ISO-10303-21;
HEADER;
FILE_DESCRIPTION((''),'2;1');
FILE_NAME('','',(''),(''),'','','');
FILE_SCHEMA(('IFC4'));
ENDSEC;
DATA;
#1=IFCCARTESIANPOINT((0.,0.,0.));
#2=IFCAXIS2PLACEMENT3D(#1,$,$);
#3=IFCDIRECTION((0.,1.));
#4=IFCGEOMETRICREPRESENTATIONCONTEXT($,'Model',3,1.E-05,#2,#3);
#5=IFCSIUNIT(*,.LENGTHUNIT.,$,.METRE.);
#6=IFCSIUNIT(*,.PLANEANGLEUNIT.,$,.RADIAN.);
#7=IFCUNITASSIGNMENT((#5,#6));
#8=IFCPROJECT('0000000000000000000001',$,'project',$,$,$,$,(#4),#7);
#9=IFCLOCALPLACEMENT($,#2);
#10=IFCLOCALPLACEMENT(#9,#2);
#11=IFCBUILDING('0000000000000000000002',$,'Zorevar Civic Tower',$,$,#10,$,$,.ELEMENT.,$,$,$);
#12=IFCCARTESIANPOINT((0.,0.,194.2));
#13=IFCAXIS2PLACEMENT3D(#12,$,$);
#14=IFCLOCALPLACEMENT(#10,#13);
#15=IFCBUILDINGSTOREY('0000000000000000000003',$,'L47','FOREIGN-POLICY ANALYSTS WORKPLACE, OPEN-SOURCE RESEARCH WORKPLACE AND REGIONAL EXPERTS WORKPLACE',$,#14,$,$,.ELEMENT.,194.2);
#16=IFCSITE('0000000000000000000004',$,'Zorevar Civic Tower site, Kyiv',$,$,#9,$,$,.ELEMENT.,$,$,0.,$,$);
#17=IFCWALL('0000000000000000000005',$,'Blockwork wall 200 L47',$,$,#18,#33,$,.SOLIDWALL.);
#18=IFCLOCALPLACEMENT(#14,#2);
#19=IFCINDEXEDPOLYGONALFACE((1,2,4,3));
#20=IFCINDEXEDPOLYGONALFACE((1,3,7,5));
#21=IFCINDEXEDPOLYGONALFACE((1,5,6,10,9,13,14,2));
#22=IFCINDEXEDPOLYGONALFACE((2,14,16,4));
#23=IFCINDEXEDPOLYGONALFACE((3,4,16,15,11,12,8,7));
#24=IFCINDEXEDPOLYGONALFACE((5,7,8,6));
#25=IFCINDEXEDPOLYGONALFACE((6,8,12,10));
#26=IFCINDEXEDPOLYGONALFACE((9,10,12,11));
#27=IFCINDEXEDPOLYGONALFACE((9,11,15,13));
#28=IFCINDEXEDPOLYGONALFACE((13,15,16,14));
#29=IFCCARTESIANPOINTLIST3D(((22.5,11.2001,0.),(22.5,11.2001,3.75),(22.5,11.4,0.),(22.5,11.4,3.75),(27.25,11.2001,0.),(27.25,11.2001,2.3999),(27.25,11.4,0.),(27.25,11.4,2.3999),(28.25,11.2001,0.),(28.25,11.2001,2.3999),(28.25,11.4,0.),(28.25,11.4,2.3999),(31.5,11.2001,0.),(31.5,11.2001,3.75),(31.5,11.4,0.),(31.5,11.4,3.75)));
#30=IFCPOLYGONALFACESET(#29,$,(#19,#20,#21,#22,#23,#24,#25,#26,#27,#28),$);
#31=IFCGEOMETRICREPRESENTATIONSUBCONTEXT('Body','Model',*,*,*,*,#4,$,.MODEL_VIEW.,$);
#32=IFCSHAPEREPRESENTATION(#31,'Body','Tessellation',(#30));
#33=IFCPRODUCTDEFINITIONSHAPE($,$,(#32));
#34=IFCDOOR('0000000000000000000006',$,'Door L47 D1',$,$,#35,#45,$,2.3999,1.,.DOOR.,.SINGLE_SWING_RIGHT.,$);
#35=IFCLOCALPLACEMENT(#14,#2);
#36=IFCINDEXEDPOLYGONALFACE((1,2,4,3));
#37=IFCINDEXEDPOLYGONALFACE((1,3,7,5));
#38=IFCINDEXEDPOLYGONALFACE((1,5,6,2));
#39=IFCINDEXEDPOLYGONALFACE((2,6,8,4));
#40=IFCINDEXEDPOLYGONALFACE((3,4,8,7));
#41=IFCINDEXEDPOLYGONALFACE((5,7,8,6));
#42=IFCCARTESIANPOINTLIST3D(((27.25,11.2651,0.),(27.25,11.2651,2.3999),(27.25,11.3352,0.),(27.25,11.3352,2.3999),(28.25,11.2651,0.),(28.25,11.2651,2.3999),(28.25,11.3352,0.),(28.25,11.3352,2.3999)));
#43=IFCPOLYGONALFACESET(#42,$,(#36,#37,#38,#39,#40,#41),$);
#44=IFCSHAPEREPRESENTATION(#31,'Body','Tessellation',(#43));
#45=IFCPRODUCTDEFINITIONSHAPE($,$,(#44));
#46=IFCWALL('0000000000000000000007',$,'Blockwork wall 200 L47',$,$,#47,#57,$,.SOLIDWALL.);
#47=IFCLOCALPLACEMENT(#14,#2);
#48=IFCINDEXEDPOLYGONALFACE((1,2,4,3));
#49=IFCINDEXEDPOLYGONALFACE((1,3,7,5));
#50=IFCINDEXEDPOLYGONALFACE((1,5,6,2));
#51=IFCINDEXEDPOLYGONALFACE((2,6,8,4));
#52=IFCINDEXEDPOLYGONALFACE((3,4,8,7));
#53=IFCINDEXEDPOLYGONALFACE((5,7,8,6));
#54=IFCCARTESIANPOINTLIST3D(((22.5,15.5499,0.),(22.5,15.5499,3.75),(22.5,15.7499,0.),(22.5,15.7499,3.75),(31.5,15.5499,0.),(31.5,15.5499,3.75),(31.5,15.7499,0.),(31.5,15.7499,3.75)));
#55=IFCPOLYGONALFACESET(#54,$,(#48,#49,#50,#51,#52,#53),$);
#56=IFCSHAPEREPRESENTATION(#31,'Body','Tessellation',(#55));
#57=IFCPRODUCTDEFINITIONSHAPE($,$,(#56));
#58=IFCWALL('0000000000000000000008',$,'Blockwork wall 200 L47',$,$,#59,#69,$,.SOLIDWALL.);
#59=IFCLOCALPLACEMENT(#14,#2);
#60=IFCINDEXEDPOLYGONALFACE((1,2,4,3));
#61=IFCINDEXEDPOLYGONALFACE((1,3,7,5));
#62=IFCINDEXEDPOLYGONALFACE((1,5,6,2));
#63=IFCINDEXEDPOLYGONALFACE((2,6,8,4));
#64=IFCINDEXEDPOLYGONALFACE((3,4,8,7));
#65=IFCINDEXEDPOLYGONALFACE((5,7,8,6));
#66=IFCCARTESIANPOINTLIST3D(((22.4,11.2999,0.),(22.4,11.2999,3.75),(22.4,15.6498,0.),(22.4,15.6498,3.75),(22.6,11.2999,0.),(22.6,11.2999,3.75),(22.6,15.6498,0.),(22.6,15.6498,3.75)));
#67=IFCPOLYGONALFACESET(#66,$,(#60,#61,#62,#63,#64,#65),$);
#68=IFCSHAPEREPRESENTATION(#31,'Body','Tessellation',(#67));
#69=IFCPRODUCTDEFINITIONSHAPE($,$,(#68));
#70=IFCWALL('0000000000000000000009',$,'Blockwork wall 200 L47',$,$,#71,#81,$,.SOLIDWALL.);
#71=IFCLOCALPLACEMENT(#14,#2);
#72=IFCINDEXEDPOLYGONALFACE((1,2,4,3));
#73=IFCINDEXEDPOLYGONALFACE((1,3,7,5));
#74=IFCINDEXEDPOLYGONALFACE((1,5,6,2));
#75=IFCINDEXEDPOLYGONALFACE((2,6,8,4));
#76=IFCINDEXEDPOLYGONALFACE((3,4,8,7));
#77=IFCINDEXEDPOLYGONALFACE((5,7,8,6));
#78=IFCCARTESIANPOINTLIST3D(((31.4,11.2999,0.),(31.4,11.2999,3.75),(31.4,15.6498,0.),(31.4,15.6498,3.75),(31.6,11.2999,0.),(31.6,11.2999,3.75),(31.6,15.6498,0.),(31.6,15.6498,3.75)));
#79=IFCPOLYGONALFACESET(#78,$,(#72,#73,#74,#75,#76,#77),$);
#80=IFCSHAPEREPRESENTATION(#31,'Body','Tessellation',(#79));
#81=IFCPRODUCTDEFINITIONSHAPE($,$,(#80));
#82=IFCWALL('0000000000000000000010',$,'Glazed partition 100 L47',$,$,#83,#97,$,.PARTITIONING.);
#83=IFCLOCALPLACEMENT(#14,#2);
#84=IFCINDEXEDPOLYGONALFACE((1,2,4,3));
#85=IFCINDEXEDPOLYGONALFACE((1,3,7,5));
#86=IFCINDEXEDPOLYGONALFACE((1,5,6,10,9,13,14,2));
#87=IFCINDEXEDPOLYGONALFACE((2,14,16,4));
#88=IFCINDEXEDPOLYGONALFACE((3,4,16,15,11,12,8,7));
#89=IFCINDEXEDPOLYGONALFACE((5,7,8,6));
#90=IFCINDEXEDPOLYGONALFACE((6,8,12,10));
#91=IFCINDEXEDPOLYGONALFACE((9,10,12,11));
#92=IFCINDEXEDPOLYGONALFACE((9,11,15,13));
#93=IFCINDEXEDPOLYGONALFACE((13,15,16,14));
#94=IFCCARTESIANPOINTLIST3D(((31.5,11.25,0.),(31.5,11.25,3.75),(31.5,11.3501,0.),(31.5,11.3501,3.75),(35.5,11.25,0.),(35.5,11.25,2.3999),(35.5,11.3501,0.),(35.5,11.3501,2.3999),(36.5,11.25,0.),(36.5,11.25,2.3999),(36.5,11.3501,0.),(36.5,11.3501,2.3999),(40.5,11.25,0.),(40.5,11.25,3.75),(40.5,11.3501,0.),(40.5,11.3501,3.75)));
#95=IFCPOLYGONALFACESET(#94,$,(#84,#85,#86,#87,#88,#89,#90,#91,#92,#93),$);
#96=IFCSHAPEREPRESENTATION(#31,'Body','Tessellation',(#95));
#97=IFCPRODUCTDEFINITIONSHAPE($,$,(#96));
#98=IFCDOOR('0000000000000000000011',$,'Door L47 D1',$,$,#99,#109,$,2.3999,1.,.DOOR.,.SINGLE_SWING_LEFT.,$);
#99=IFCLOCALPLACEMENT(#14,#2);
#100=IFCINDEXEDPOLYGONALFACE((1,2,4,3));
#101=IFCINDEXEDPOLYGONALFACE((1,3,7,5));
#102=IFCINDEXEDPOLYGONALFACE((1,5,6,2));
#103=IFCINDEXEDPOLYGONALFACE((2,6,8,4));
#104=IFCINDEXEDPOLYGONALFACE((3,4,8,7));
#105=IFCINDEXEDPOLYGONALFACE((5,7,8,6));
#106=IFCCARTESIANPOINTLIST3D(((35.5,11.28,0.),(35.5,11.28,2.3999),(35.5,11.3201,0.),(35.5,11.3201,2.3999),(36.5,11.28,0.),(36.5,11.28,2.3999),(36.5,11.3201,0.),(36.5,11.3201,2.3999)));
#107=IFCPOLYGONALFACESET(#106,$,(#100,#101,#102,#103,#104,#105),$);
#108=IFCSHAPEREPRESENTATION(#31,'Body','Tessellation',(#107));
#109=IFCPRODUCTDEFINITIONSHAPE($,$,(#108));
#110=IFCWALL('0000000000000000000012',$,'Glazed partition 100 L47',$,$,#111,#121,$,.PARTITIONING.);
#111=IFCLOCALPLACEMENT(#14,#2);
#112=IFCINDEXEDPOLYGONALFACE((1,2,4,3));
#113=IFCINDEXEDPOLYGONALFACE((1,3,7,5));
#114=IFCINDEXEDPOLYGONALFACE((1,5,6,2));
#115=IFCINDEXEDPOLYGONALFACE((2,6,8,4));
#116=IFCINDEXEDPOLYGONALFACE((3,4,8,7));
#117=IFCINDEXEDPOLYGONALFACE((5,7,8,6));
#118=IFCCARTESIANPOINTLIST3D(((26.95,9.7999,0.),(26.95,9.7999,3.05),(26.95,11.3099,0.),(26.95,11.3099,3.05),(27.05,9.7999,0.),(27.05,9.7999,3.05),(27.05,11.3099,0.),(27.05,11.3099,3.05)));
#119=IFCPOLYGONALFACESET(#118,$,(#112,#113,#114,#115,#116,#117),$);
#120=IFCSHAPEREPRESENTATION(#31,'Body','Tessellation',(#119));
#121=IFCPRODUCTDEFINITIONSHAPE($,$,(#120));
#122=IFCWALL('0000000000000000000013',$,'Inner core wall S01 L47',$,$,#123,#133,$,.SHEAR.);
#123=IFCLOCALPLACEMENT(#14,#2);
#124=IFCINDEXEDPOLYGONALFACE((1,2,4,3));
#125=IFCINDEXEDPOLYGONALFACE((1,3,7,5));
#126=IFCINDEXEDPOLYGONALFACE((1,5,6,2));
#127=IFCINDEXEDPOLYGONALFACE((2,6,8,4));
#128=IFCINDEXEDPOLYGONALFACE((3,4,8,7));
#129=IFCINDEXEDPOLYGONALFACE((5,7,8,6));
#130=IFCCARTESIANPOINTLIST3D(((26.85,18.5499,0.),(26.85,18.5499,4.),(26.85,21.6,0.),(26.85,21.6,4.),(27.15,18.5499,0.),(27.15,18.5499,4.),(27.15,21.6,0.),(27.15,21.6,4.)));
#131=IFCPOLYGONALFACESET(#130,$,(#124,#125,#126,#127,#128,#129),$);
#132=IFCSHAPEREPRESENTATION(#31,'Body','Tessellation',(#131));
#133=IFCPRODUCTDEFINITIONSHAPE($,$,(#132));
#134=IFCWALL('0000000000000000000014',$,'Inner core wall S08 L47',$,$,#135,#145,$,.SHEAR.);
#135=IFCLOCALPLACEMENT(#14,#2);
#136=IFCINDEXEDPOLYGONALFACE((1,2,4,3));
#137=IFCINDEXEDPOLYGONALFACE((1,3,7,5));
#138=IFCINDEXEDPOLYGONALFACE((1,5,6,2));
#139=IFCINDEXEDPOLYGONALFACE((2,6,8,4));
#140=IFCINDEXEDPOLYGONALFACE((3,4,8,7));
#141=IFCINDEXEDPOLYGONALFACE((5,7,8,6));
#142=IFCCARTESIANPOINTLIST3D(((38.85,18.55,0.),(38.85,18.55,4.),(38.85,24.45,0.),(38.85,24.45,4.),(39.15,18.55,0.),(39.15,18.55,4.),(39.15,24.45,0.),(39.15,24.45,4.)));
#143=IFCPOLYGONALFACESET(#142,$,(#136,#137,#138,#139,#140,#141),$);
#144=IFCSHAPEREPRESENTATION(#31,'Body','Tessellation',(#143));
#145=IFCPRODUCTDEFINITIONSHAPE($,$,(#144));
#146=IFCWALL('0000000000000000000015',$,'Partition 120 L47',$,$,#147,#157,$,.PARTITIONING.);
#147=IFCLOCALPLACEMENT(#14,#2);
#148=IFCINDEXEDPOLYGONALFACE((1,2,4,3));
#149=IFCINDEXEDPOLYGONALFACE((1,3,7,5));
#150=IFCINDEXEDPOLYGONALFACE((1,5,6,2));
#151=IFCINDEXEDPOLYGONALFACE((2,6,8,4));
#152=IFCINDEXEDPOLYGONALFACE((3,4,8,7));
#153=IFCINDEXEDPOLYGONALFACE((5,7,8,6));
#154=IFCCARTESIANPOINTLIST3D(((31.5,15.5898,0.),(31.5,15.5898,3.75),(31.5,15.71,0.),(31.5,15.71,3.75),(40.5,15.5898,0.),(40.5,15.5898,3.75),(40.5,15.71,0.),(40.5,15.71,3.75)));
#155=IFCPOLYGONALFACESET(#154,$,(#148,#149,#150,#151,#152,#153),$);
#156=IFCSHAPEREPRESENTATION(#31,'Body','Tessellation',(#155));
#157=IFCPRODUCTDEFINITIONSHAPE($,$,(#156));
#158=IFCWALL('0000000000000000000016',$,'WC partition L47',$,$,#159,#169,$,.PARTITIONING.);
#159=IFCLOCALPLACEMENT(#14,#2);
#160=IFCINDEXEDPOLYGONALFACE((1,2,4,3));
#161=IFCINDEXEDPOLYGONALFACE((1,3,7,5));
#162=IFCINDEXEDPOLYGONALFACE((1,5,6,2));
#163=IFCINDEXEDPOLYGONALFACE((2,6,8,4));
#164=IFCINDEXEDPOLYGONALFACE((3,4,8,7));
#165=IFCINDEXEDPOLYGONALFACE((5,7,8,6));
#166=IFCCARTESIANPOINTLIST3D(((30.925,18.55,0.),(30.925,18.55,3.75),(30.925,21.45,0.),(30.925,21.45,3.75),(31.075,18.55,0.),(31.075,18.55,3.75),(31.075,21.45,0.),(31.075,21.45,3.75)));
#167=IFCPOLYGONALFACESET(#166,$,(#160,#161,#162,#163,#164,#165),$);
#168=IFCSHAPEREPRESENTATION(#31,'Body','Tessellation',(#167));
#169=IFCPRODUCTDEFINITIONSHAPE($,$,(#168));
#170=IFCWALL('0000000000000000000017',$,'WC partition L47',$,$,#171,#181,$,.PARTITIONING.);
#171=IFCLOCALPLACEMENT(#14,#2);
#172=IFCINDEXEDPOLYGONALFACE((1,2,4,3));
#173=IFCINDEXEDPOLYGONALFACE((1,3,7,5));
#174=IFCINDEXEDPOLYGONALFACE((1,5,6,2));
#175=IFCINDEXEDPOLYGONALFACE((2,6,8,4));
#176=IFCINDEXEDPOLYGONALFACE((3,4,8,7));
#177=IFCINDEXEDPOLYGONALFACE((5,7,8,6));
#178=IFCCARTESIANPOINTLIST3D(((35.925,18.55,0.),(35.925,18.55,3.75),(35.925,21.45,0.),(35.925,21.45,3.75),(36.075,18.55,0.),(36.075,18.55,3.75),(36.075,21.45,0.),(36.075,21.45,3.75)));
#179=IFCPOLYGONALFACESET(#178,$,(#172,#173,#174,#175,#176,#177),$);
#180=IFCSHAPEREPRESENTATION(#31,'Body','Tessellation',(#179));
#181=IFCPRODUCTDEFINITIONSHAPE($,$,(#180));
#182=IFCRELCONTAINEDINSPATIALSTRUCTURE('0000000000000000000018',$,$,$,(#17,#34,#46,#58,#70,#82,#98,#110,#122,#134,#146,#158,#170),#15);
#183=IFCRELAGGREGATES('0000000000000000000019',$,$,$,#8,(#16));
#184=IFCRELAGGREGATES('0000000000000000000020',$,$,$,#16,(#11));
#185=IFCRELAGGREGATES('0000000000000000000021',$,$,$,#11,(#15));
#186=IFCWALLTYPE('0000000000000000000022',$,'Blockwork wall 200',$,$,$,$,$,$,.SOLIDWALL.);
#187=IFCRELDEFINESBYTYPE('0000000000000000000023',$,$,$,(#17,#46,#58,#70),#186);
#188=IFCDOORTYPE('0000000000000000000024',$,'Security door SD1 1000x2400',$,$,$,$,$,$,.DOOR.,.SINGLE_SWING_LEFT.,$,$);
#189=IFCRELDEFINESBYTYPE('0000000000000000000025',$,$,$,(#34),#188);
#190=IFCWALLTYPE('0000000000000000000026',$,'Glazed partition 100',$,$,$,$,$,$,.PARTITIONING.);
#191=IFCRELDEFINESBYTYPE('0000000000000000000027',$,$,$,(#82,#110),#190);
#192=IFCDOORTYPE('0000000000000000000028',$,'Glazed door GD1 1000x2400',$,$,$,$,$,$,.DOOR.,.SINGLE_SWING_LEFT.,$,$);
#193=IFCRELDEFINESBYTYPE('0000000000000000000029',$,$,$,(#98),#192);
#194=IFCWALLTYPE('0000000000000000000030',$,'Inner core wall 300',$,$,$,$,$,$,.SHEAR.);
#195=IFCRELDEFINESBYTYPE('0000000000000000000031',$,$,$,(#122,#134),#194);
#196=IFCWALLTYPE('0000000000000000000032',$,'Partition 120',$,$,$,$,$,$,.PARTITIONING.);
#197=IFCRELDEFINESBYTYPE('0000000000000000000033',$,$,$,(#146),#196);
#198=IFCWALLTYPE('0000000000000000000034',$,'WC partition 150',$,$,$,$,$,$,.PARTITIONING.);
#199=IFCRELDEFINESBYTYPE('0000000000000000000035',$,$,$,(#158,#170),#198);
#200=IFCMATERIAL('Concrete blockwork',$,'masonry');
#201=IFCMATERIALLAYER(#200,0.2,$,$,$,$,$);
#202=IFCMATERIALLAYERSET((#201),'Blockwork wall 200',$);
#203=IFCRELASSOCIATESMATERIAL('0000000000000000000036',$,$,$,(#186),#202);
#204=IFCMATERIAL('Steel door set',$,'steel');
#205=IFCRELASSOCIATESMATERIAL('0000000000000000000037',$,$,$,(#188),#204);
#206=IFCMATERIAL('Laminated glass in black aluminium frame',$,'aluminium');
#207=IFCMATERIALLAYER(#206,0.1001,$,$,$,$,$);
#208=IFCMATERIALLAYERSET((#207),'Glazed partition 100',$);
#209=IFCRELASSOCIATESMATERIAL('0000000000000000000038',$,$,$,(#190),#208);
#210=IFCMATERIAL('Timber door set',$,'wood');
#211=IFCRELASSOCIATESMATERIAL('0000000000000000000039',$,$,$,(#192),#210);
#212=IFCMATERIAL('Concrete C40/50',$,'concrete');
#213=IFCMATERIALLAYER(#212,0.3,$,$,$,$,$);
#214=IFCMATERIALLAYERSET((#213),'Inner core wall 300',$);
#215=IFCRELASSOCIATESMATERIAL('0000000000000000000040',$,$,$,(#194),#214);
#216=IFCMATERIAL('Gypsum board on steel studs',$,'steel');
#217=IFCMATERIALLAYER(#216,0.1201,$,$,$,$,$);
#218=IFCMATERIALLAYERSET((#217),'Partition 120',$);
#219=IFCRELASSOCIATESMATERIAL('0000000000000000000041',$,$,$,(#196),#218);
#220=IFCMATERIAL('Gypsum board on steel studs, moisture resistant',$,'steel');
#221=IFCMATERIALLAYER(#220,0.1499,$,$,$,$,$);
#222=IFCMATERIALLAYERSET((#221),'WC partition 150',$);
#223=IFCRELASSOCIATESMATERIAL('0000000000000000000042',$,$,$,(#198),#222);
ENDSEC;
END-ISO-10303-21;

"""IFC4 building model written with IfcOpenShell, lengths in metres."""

from ifc_helpers import new_model, si_unit, direction, frame, frame_2d, origin, place, context, subcontext, project, spatial, rectangle, extrude, material, layer, layer_set, type_object, element, fill, save


model = new_model("IFC4")

# Units and contexts
model_context = context("Model", 3, precision=1e-05, world=origin(), true_north=direction((0.0, 1.0)))
body_context = subcontext(model_context, "Body", "Model", "MODEL_VIEW")
ifc_project = project(units=[si_unit("LENGTHUNIT", "METRE"), si_unit("PLANEANGLEUNIT", "RADIAN")], contexts=[model_context])

# Site, building, storey
site_placement = place(None, origin())
site = spatial("IfcSite", under=ifc_project, at=site_placement, Name="Zorevar Civic Tower site, Kyiv", CompositionType="ELEMENT", RefElevation=0.0)
building_placement = place(site_placement, origin())
building = spatial("IfcBuilding", under=site, at=building_placement, Name="Zorevar Civic Tower", CompositionType="ELEMENT")
storey_placement = place(building_placement, frame((0.0, 0.0, 194.2)))
storey = spatial("IfcBuildingStorey", under=building, at=storey_placement, Name="L47", Description="FOREIGN-POLICY ANALYSTS WORKPLACE, OPEN-SOURCE RESEARCH WORKPLACE AND REGIONAL EXPERTS WORKPLACE", CompositionType="ELEMENT", Elevation=194.2)

# Wall, opening, door
ifc_material_1 = material(Name="Concrete blockwork", Category="masonry")
ifc_layer_1 = layer(ifc_material_1, 0.2)
ifc_layer_set_1 = layer_set([ifc_layer_1], Name="Blockwork wall 200")
wall_type_1 = type_object("IfcWallType", Name="Blockwork wall 200", PredefinedType="SOLIDWALL", material=ifc_layer_set_1)
wall_1_placement = place(storey_placement, frame((22.5, 11.3, 0.0), z_axis=(0.0, 0.0, 1.0), x_axis=(1.0, 0.0, 0.0)))
wall_1 = element("IfcWall", 1, at=wall_1_placement, inside=storey, type_object=wall_type_1, Name="Blockwork wall 200 L47", PredefinedType="SOLIDWALL", context=body_context, shape_type="SweptSolid", body=[
    extrude(rectangle(XDim=9.0, YDim=0.2, at=frame_2d((4.5, 0.0))), origin(), (0.0, 0.0, 1.0), 3.75),
])
opening_1_placement = place(wall_1_placement, frame((4.75, 0.0, 0.0)))
opening_1 = element("IfcOpeningElement", 2, at=opening_1_placement, cuts=wall_1, PredefinedType="OPENING", context=body_context, shape_type="SweptSolid", body=[
    extrude(rectangle(XDim=1.0, YDim=2.3999, at=frame_2d((0.5, 1.2))), frame((0.0, 0.1099, 0.0), z_axis=(0.0, -1.0, 0.0), x_axis=(1.0, 0.0, 0.0)), (0.0, 0.0, 1.0), 0.22),
])
ifc_material_2 = material(Name="Steel door set", Category="steel")
door_type_1 = type_object("IfcDoorType", Name="Security door SD1 1000x2400", OperationType="SINGLE_SWING_LEFT", PredefinedType="DOOR", material=ifc_material_2)
door_1_placement = place(opening_1_placement, origin())
door_1 = element("IfcDoor", 3, at=door_1_placement, inside=storey, type_object=door_type_1, Name="Door L47 D1", OperationType="SINGLE_SWING_RIGHT", OverallHeight=2.3999, OverallWidth=1.0, PredefinedType="DOOR", context=body_context, shape_type="SweptSolid", body=[
    extrude(rectangle(XDim=1.0, YDim=2.3999, at=frame_2d((0.5, 1.2))), frame((0.0, 0.0352, 0.0), z_axis=(0.0, -1.0, 0.0), x_axis=(1.0, 0.0, 0.0)), (0.0, 0.0, 1.0), 0.0701),
])
fill(opening_1, door_1)

# Walls
wall_2_placement = place(storey_placement, frame((22.5, 15.6499, 0.0), z_axis=(0.0, 0.0, 1.0), x_axis=(1.0, 0.0, 0.0)))
element("IfcWall", 4, at=wall_2_placement, inside=storey, type_object=wall_type_1, Name="Blockwork wall 200 L47", PredefinedType="SOLIDWALL", context=body_context, shape_type="SweptSolid", body=[
    extrude(rectangle(XDim=9.0, YDim=0.2, at=frame_2d((4.5, 0.0))), origin(), (0.0, 0.0, 1.0), 3.75),
])
for number, where, z_axis, x_axis, name in (
    (5, (22.5, 11.3, 0.0), (0.0, 0.0, 1.0), (0.0, 1.0, 0.0), "Blockwork wall 200 L47"),
    (6, (31.5, 11.3, 0.0), (0.0, 0.0, 1.0), (0.0, 1.0, 0.0), "Blockwork wall 200 L47"),
):
    element("IfcWall", number, at=place(storey_placement, frame(where, z_axis=z_axis, x_axis=x_axis)), inside=storey, type_object=wall_type_1, Name=name, PredefinedType="SOLIDWALL", context=body_context, shape_type="SweptSolid", body=[
        extrude(rectangle(XDim=4.3499, YDim=0.2, at=frame_2d((2.1748, 0.0))), origin(), (0.0, 0.0, 1.0), 3.75),
    ])

# Wall, opening, door
ifc_material_3 = material(Name="Laminated glass in black aluminium frame", Category="aluminium")
ifc_layer_2 = layer(ifc_material_3, 0.1001)
ifc_layer_set_2 = layer_set([ifc_layer_2], Name="Glazed partition 100")
wall_type_2 = type_object("IfcWallType", Name="Glazed partition 100", PredefinedType="PARTITIONING", material=ifc_layer_set_2)
wall_3_placement = place(storey_placement, frame((31.5, 11.3, 0.0), z_axis=(0.0, 0.0, 1.0), x_axis=(1.0, 0.0, 0.0)))
wall_3 = element("IfcWall", 7, at=wall_3_placement, inside=storey, type_object=wall_type_2, Name="Glazed partition 100 L47", PredefinedType="PARTITIONING", context=body_context, shape_type="SweptSolid", body=[
    extrude(rectangle(XDim=9.0, YDim=0.1001, at=frame_2d((4.5, 0.0))), origin(), (0.0, 0.0, 1.0), 3.75),
])
opening_2_placement = place(wall_3_placement, frame((4.0, 0.0, 0.0)))
opening_2 = element("IfcOpeningElement", 8, at=opening_2_placement, cuts=wall_3, PredefinedType="OPENING", context=body_context, shape_type="SweptSolid", body=[
    extrude(rectangle(XDim=1.0, YDim=2.3999, at=frame_2d((0.5, 1.2))), frame((0.0, 0.0601, 0.0), z_axis=(0.0, -1.0, 0.0), x_axis=(1.0, 0.0, 0.0)), (0.0, 0.0, 1.0), 0.1201),
])
ifc_material_4 = material(Name="Timber door set", Category="wood")
door_type_2 = type_object("IfcDoorType", Name="Glazed door GD1 1000x2400", OperationType="SINGLE_SWING_LEFT", PredefinedType="DOOR", material=ifc_material_4)
door_2_placement = place(opening_2_placement, origin())
door_2 = element("IfcDoor", 9, at=door_2_placement, inside=storey, type_object=door_type_2, Name="Door L47 D1", OperationType="SINGLE_SWING_LEFT", OverallHeight=2.3999, OverallWidth=1.0, PredefinedType="DOOR", context=body_context, shape_type="SweptSolid", body=[
    extrude(rectangle(XDim=1.0, YDim=2.3999, at=frame_2d((0.5, 1.2))), frame((0.0, 0.02, 0.0), z_axis=(0.0, -1.0, 0.0), x_axis=(1.0, 0.0, 0.0)), (0.0, 0.0, 1.0), 0.04),
])
fill(opening_2, door_2)

# Walls
wall_4_placement = place(storey_placement, frame((27.0, 9.8, 0.0), z_axis=(0.0, 0.0, 1.0), x_axis=(0.0, 1.0, 0.0)))
element("IfcWall", 10, at=wall_4_placement, inside=storey, type_object=wall_type_2, Name="Glazed partition 100 L47", PredefinedType="PARTITIONING", context=body_context, shape_type="SweptSolid", body=[
    extrude(rectangle(XDim=1.51, YDim=0.1001, at=frame_2d((0.7549, 0.0))), origin(), (0.0, 0.0, 1.0), 3.05),
])
ifc_material_5 = material(Name="Concrete C40/50", Category="concrete")
ifc_layer_3 = layer(ifc_material_5, 0.3)
ifc_layer_set_3 = layer_set([ifc_layer_3], Name="Inner core wall 300")
wall_type_3 = type_object("IfcWallType", Name="Inner core wall 300", PredefinedType="SHEAR", material=ifc_layer_set_3)
wall_5_placement = place(storey_placement, frame((27.0, 18.55, 0.0), z_axis=(0.0, 0.0, 1.0), x_axis=(0.0, 1.0, 0.0)))
element("IfcWall", 11, at=wall_5_placement, inside=storey, type_object=wall_type_3, Name="Inner core wall S01 L47", PredefinedType="SHEAR", context=body_context, shape_type="SweptSolid", body=[
    extrude(rectangle(XDim=3.05, YDim=0.3, at=frame_2d((1.5249, 0.0))), origin(), (0.0, 0.0, 1.0), 4.0),
])
wall_6_placement = place(storey_placement, frame((39.0, 18.55, 0.0), z_axis=(0.0, 0.0, 1.0), x_axis=(0.0, 1.0, 0.0)))
element("IfcWall", 12, at=wall_6_placement, inside=storey, type_object=wall_type_3, Name="Inner core wall S08 L47", PredefinedType="SHEAR", context=body_context, shape_type="SweptSolid", body=[
    extrude(rectangle(XDim=5.8999, YDim=0.3, at=frame_2d((2.95, 0.0))), origin(), (0.0, 0.0, 1.0), 4.0),
])
ifc_material_6 = material(Name="Gypsum board on steel studs", Category="steel")
ifc_layer_4 = layer(ifc_material_6, 0.1201)
ifc_layer_set_4 = layer_set([ifc_layer_4], Name="Partition 120")
wall_type_4 = type_object("IfcWallType", Name="Partition 120", PredefinedType="PARTITIONING", material=ifc_layer_set_4)
wall_7_placement = place(storey_placement, frame((31.5, 15.6499, 0.0), z_axis=(0.0, 0.0, 1.0), x_axis=(1.0, 0.0, 0.0)))
element("IfcWall", 13, at=wall_7_placement, inside=storey, type_object=wall_type_4, Name="Partition 120 L47", PredefinedType="PARTITIONING", context=body_context, shape_type="SweptSolid", body=[
    extrude(rectangle(XDim=9.0, YDim=0.1201, at=frame_2d((4.5, 0.0))), origin(), (0.0, 0.0, 1.0), 3.75),
])
ifc_material_7 = material(Name="Gypsum board on steel studs, moisture resistant", Category="steel")
ifc_layer_5 = layer(ifc_material_7, 0.1499)
ifc_layer_set_5 = layer_set([ifc_layer_5], Name="WC partition 150")
wall_type_5 = type_object("IfcWallType", Name="WC partition 150", PredefinedType="PARTITIONING", material=ifc_layer_set_5)
for number, where, z_axis, x_axis, name in (
    (14, (31.0, 18.55, 0.0), (0.0, 0.0, 1.0), (0.0, 1.0, 0.0), "WC partition L47"),
    (15, (36.0, 18.55, 0.0), (0.0, 0.0, 1.0), (0.0, 1.0, 0.0), "WC partition L47"),
):
    element("IfcWall", number, at=place(storey_placement, frame(where, z_axis=z_axis, x_axis=x_axis)), inside=storey, type_object=wall_type_5, Name=name, PredefinedType="PARTITIONING", context=body_context, shape_type="SweptSolid", body=[
        extrude(rectangle(XDim=2.8999, YDim=0.1499, at=frame_2d((1.45, 0.0))), origin(), (0.0, 0.0, 1.0), 3.75),
    ])

save(model, "model.ifc")
